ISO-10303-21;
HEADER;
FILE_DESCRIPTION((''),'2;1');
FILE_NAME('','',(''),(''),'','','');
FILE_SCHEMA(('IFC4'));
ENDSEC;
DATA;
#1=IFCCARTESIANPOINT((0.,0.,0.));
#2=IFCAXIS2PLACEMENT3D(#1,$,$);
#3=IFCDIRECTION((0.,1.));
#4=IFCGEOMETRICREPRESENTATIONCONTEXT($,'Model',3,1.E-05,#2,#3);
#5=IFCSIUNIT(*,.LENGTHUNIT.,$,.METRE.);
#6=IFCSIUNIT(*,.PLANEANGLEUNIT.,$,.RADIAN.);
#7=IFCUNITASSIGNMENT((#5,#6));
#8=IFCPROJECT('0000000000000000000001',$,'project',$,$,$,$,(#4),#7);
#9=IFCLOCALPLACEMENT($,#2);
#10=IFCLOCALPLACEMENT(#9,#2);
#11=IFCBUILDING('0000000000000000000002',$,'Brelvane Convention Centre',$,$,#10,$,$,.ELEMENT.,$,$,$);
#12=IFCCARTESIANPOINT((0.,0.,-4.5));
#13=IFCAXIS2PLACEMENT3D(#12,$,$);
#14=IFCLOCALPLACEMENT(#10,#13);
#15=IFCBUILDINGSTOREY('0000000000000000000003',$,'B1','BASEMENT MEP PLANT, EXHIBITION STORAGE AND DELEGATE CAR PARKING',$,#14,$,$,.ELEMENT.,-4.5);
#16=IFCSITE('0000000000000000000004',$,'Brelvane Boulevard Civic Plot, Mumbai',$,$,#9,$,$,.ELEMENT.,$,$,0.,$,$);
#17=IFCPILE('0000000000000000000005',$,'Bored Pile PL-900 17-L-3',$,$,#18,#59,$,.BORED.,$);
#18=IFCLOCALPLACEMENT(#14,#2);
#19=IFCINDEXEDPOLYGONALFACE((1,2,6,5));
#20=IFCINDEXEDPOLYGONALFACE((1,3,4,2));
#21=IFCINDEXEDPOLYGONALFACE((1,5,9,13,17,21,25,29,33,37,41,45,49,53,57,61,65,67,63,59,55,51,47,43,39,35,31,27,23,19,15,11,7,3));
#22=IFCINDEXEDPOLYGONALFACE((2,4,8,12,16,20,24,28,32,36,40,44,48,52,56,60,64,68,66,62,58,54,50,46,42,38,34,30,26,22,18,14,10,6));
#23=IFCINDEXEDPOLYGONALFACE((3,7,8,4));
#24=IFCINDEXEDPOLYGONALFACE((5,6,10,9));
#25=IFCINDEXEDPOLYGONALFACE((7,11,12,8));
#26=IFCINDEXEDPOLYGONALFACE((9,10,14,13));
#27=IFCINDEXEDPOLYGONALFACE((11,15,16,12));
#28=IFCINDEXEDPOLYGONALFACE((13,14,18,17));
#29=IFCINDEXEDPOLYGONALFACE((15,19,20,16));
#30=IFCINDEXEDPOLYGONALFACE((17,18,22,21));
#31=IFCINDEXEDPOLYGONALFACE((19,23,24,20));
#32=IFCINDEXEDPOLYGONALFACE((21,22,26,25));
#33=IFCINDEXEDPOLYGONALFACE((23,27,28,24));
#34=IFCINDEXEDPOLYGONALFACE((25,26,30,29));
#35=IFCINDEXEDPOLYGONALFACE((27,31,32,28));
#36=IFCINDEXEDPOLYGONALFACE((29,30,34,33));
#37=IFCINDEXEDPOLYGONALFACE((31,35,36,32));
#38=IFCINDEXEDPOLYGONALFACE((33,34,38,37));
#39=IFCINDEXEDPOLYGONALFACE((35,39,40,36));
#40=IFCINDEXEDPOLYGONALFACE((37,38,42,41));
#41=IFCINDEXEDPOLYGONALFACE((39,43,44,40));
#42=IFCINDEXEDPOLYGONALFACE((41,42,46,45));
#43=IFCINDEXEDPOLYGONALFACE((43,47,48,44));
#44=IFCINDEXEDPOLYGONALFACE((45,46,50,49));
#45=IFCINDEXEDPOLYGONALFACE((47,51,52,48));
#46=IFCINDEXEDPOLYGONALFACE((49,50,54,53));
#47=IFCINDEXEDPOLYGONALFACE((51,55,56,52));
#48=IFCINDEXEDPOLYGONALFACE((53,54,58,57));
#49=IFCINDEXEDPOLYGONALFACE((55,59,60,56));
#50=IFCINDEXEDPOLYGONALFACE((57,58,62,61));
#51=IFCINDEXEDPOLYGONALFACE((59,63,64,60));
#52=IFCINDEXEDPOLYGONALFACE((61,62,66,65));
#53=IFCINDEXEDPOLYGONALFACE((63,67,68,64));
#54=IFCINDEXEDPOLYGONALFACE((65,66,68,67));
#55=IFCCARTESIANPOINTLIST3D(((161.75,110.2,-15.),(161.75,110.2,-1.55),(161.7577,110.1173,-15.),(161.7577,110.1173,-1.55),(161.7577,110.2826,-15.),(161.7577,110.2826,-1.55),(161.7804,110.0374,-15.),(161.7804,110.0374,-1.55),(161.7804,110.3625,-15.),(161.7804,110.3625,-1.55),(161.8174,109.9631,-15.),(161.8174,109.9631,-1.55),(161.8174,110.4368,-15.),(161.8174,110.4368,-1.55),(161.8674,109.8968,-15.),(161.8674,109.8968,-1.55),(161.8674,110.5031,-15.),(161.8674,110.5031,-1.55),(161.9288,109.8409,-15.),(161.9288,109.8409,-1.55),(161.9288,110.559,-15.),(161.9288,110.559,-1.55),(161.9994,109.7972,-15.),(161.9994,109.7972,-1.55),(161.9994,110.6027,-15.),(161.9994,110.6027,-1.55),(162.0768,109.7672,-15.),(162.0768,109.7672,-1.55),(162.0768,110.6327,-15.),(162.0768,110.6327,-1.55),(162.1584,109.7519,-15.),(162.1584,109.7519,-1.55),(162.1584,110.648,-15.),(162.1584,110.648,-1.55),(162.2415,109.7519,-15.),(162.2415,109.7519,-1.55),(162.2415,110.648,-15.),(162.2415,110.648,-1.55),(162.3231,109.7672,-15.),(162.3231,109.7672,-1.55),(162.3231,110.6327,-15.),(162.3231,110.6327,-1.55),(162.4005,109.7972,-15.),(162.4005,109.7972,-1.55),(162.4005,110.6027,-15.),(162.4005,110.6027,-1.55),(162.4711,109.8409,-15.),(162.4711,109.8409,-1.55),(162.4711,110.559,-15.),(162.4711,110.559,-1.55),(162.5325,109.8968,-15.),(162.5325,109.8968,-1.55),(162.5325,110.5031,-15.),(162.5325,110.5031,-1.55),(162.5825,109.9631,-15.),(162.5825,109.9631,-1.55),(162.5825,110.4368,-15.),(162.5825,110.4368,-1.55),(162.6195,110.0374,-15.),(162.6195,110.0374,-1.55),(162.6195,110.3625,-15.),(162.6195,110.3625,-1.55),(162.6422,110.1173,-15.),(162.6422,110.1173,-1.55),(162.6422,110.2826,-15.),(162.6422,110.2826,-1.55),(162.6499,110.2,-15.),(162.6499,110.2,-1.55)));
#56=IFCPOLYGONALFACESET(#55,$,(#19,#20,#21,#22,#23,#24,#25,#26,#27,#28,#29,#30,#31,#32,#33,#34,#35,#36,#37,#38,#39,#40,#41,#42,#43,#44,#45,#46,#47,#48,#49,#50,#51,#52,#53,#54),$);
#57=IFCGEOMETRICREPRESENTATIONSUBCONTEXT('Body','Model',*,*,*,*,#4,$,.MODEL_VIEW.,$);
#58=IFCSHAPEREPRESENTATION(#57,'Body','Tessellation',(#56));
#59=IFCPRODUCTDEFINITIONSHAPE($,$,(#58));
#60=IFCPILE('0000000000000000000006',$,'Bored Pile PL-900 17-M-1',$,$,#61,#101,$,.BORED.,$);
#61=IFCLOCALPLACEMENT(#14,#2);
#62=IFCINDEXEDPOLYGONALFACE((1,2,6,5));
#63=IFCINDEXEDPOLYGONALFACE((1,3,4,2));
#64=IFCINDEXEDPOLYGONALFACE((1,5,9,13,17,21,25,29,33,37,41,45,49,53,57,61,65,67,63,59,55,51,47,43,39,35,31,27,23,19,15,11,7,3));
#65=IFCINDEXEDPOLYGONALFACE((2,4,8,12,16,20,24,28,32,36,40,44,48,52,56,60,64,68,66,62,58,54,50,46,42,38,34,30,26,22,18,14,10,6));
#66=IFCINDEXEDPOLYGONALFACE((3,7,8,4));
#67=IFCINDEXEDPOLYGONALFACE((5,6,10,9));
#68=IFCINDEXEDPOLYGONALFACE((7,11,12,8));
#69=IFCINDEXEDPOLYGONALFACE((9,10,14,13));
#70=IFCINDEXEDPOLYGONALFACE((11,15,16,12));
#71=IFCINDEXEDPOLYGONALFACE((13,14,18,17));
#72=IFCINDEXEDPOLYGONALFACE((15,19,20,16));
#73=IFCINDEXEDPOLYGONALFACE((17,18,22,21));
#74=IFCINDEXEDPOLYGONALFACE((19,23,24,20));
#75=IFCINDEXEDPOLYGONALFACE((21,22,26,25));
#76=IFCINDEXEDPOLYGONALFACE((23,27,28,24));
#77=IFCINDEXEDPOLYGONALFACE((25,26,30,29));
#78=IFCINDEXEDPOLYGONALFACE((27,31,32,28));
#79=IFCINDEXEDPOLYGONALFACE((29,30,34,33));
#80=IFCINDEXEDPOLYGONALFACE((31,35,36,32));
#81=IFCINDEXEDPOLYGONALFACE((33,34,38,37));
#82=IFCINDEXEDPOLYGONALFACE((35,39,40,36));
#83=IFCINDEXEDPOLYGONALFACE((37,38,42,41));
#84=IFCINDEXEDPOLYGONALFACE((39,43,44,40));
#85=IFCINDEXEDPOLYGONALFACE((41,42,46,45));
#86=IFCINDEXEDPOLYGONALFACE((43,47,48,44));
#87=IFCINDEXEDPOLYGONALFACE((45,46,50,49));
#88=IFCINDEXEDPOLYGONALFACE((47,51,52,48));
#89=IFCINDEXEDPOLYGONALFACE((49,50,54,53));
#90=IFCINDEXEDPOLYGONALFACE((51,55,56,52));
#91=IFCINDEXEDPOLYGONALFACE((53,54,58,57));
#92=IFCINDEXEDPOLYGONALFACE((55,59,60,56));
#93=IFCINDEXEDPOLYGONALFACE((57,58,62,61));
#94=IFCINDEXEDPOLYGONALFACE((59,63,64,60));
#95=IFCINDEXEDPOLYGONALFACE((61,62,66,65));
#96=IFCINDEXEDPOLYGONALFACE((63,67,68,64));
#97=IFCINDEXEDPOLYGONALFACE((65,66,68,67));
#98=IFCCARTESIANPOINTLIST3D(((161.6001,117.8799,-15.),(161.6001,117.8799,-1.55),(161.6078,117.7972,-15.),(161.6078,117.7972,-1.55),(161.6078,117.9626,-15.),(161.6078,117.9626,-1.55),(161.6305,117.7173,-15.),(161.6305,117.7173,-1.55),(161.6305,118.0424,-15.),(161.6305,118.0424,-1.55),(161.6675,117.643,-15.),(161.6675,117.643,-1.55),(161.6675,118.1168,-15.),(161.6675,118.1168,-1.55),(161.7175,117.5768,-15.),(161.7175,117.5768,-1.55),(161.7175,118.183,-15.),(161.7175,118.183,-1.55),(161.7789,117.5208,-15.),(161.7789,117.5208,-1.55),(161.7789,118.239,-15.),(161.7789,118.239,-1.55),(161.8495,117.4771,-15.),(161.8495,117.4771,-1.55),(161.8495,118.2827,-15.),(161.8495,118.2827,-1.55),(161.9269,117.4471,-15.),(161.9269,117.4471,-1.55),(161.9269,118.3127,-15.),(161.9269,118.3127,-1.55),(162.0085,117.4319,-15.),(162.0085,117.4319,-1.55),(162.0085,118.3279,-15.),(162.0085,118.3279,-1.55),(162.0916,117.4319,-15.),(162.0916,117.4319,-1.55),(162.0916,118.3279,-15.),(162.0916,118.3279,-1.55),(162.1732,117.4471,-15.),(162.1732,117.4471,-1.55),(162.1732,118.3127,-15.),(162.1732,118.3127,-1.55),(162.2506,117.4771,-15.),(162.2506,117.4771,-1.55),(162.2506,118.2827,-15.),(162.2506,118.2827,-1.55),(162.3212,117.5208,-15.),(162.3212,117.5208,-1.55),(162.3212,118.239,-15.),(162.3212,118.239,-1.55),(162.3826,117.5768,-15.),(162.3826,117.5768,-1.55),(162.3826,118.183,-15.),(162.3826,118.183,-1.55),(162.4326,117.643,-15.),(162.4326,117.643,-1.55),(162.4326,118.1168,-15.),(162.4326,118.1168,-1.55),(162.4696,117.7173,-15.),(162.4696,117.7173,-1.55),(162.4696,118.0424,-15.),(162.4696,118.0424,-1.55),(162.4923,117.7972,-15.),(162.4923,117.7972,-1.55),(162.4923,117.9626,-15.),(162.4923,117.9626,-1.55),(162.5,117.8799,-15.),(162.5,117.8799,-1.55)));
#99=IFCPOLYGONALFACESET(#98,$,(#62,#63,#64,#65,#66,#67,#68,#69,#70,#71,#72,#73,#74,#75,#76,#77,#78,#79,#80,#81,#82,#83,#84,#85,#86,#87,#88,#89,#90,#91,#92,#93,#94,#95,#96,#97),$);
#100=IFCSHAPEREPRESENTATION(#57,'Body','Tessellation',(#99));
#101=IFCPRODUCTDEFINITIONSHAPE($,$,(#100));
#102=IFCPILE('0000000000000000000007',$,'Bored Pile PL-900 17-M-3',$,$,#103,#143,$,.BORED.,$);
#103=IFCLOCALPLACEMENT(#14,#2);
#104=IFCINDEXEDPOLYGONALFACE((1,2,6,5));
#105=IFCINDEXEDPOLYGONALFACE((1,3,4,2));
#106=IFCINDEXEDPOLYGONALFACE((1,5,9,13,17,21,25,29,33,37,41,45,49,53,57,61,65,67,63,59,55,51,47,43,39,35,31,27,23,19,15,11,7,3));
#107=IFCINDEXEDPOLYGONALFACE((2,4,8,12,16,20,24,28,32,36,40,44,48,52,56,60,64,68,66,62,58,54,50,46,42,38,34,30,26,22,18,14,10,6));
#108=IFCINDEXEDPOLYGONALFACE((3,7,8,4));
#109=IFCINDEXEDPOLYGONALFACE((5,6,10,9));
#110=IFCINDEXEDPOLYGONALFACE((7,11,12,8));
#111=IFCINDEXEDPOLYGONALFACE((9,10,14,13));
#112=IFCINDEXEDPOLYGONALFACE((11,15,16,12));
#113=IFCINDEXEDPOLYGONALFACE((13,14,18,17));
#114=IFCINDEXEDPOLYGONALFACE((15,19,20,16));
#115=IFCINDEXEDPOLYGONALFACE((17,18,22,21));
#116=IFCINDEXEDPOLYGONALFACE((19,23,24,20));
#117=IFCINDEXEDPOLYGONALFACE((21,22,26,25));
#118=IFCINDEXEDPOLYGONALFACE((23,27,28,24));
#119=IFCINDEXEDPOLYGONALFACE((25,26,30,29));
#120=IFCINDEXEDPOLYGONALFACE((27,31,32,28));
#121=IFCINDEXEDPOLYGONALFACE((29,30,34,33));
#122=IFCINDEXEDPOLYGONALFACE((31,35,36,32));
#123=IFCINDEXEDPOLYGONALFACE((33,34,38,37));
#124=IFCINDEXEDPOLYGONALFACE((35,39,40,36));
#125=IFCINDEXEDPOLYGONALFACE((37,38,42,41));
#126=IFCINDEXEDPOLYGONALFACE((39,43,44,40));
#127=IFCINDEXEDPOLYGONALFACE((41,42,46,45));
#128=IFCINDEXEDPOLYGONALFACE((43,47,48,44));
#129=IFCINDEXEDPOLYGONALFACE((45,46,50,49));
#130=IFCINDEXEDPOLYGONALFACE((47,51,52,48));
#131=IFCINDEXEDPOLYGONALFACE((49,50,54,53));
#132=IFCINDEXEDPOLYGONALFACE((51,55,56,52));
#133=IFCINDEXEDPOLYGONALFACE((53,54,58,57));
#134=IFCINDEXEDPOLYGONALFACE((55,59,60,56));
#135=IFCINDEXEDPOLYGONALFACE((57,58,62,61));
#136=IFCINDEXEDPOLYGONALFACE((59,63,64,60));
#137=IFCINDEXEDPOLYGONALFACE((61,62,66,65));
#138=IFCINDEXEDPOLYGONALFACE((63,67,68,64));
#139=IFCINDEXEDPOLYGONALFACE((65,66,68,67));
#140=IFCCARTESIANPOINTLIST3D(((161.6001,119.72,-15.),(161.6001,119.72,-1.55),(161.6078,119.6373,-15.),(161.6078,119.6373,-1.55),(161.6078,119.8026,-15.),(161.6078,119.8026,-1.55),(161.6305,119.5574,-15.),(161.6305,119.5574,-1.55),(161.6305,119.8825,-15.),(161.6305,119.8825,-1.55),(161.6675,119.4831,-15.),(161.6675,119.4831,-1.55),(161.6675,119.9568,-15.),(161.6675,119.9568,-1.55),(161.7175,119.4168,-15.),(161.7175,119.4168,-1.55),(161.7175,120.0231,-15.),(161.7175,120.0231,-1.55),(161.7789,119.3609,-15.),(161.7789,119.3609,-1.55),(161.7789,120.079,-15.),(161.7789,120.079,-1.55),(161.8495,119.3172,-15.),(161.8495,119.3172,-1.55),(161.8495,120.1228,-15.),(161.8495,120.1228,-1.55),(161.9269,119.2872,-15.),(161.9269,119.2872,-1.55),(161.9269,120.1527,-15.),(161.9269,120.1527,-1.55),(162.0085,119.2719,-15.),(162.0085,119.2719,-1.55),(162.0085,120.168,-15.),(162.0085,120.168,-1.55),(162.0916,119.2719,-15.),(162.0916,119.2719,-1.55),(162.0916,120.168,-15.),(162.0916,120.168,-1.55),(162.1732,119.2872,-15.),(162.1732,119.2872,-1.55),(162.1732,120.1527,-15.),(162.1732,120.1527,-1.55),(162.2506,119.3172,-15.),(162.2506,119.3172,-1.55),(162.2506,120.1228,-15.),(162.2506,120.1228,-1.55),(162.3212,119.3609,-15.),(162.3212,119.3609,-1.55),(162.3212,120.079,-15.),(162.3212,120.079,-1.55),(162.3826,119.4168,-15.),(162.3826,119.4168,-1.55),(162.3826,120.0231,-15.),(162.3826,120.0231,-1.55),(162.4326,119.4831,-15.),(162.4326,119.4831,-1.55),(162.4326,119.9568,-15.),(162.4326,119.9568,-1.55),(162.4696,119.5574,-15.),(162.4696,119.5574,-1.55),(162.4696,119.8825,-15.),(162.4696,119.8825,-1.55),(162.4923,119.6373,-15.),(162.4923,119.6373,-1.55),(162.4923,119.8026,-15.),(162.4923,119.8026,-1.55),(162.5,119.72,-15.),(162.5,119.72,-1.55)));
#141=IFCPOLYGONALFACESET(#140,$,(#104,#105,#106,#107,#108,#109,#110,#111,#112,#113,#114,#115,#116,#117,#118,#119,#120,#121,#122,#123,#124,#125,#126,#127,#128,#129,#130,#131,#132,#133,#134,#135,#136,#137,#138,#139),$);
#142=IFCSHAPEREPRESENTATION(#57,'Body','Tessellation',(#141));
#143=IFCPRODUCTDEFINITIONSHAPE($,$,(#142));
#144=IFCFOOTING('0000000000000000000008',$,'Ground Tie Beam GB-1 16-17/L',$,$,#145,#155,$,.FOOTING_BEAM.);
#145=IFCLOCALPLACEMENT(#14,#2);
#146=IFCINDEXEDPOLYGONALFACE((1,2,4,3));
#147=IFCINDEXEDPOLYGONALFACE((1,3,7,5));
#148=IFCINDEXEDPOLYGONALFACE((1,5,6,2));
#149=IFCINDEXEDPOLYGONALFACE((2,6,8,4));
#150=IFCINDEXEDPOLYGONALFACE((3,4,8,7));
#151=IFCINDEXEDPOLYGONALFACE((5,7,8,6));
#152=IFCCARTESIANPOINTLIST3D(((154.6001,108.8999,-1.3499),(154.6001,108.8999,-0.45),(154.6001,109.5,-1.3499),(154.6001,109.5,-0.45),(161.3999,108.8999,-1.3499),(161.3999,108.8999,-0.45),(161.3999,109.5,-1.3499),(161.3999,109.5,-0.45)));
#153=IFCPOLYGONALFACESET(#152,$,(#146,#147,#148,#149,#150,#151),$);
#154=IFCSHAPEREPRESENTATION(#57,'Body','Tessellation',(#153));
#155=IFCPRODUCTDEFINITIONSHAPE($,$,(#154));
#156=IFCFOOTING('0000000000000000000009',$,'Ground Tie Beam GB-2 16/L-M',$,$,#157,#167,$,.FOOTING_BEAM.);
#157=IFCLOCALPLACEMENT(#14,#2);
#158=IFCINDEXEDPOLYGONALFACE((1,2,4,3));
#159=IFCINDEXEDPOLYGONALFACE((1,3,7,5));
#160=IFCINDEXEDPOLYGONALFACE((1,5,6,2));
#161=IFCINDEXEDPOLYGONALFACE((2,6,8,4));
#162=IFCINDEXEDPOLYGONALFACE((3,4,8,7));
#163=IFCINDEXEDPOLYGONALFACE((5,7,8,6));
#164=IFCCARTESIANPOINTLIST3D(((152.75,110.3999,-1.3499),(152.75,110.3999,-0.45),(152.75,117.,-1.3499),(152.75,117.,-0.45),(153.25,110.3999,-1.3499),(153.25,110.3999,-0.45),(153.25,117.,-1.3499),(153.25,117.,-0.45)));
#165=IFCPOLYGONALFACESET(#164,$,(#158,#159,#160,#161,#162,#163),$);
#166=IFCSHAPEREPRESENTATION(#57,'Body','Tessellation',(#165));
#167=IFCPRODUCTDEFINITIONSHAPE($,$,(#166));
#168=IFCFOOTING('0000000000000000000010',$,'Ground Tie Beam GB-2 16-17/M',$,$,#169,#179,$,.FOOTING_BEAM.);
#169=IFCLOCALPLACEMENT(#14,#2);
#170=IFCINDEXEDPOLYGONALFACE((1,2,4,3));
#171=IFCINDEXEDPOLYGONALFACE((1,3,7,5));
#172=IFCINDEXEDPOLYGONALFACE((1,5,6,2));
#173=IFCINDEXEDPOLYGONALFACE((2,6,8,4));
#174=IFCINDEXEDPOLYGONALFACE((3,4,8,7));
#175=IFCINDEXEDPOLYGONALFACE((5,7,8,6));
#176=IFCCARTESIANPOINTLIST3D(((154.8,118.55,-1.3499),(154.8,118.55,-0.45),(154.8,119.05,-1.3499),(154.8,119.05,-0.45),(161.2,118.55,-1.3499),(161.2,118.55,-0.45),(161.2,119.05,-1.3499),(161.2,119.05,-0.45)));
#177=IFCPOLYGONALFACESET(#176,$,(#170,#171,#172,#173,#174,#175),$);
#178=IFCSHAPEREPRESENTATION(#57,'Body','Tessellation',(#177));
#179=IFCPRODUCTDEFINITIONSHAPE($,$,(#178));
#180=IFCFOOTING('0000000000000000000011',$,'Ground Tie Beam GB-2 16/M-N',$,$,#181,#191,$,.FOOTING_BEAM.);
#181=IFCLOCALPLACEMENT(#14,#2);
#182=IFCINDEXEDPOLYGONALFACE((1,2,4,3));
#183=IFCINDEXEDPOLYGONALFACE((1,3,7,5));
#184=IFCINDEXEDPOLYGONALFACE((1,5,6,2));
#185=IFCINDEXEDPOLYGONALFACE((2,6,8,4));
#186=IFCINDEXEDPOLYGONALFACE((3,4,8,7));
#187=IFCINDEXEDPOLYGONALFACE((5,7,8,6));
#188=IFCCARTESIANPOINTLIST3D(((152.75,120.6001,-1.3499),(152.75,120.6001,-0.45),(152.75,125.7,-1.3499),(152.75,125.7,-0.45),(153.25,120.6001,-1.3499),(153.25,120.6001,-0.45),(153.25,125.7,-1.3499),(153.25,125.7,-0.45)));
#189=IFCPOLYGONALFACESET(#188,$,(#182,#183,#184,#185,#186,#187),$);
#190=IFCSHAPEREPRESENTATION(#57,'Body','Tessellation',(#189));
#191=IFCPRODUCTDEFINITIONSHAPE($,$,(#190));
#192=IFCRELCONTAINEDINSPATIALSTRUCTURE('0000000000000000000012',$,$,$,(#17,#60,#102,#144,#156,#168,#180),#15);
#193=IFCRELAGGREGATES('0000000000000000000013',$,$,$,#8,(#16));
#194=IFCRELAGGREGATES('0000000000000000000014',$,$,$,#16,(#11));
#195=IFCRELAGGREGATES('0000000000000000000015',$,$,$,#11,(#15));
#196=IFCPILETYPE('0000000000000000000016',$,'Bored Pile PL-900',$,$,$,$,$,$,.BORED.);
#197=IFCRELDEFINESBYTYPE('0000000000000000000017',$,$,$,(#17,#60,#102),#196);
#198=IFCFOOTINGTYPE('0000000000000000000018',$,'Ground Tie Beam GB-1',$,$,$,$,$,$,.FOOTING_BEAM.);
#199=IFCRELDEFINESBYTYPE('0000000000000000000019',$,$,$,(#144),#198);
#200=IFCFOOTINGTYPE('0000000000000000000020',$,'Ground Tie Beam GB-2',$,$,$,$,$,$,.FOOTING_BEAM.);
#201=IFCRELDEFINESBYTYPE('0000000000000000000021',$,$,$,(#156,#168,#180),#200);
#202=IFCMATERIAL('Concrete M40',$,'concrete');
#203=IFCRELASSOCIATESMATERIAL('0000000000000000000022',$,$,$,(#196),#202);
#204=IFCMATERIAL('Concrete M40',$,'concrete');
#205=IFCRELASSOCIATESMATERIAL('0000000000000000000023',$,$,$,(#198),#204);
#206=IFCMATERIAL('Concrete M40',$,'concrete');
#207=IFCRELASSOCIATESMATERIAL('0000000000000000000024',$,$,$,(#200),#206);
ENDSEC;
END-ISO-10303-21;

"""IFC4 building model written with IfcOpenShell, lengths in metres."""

from ifc_helpers import new_model, si_unit, direction, frame, origin, origin_2d, place, context, subcontext, project, spatial, rectangle, circle, extrude, material, material_profile, profile_set, type_object, element, save


model = new_model("IFC4")

# Units and contexts
model_context = context("Model", 3, precision=1e-05, world=origin(), true_north=direction((0.0, 1.0)))
body_context = subcontext(model_context, "Body", "Model", "MODEL_VIEW")
ifc_project = project(units=[si_unit("LENGTHUNIT", "METRE"), si_unit("PLANEANGLEUNIT", "RADIAN")], contexts=[model_context])

# Site, building, storey
site_placement = place(None, origin())
site = spatial("IfcSite", under=ifc_project, at=site_placement, Name="Brelvane Boulevard Civic Plot, Mumbai", CompositionType="ELEMENT", RefElevation=0.0)
building_placement = place(site_placement, origin())
building = spatial("IfcBuilding", under=site, at=building_placement, Name="Brelvane Convention Centre", CompositionType="ELEMENT")
storey_placement = place(building_placement, frame((0.0, 0.0, -4.5)))
storey = spatial("IfcBuildingStorey", under=building, at=storey_placement, Name="B1", Description="BASEMENT MEP PLANT, EXHIBITION STORAGE AND DELEGATE CAR PARKING", CompositionType="ELEMENT", Elevation=-4.5)

# Piles
ifc_material_1 = material(Name="Concrete M40", Category="concrete")
ifc_material_profile_1 = material_profile(ifc_material_1, circle(Radius=0.45, at=origin_2d()), Name="PILE D900")
ifc_profile_set_1 = profile_set([ifc_material_profile_1], Name="Concrete M40")
pile_type = type_object("IfcPileType", Name="Bored Pile PL-900", PredefinedType="BORED", material=ifc_profile_set_1)
for number, where, z_axis, x_axis, name in (
    (1, (162.2, 110.2, -1.55), (0.0, 0.0, -1.0), (1.0, 0.0, 0.0), "Bored Pile PL-900 17-L-3"),
    (2, (162.05, 117.8799, -1.55), (0.0, 0.0, -1.0), (1.0, 0.0, 0.0), "Bored Pile PL-900 17-M-1"),
    (3, (162.05, 119.72, -1.55), (0.0, 0.0, -1.0), (1.0, 0.0, 0.0), "Bored Pile PL-900 17-M-3"),
):
    element("IfcPile", number, at=place(storey_placement, frame(where, z_axis=z_axis, x_axis=x_axis)), inside=storey, type_object=pile_type, Name=name, PredefinedType="BORED", context=body_context, shape_type="SweptSolid", body=[
        extrude(circle(Radius=0.45, at=origin_2d()), origin(), (0.0, 0.0, 1.0), 13.45),
    ])

# Footings
ifc_material_2 = material(Name="Concrete M40", Category="concrete")
ifc_material_profile_2 = material_profile(ifc_material_2, rectangle(XDim=0.6001, YDim=0.8999, at=origin_2d()), Name="RC 600x900")
ifc_profile_set_2 = profile_set([ifc_material_profile_2], Name="Concrete M40")
footing_type_1 = type_object("IfcFootingType", Name="Ground Tie Beam GB-1", PredefinedType="FOOTING_BEAM", material=ifc_profile_set_2)
footing_1_placement = place(storey_placement, frame((154.6001, 109.2, -0.8999), z_axis=(1.0, 0.0, 0.0), x_axis=(0.0, 1.0, 0.0)))
element("IfcFooting", 4, at=footing_1_placement, inside=storey, type_object=footing_type_1, Name="Ground Tie Beam GB-1 16-17/L", PredefinedType="FOOTING_BEAM", context=body_context, shape_type="SweptSolid", body=[
    extrude(rectangle(XDim=0.6001, YDim=0.8999, at=origin_2d()), origin(), (0.0, 0.0, 1.0), 6.7998),
])
ifc_material_3 = material(Name="Concrete M40", Category="concrete")
ifc_material_profile_3 = material_profile(ifc_material_3, rectangle(XDim=0.5, YDim=0.8999, at=origin_2d()), Name="RC 500x900")
ifc_profile_set_3 = profile_set([ifc_material_profile_3], Name="Concrete M40")
footing_type_2 = type_object("IfcFootingType", Name="Ground Tie Beam GB-2", PredefinedType="FOOTING_BEAM", material=ifc_profile_set_3)
footing_2_placement = place(storey_placement, frame((153.0, 110.3999, -0.8999), z_axis=(0.0, 1.0, 0.0), x_axis=(-1.0, 0.0, 0.0)))
element("IfcFooting", 5, at=footing_2_placement, inside=storey, type_object=footing_type_2, Name="Ground Tie Beam GB-2 16/L-M", PredefinedType="FOOTING_BEAM", context=body_context, shape_type="SweptSolid", body=[
    extrude(rectangle(XDim=0.5, YDim=0.8999, at=origin_2d()), origin(), (0.0, 0.0, 1.0), 6.6001),
])
footing_3_placement = place(storey_placement, frame((154.8, 118.8, -0.8999), z_axis=(1.0, 0.0, 0.0), x_axis=(0.0, 1.0, 0.0)))
element("IfcFooting", 6, at=footing_3_placement, inside=storey, type_object=footing_type_2, Name="Ground Tie Beam GB-2 16-17/M", PredefinedType="FOOTING_BEAM", context=body_context, shape_type="SweptSolid", body=[
    extrude(rectangle(XDim=0.5, YDim=0.8999, at=origin_2d()), origin(), (0.0, 0.0, 1.0), 6.3999),
])
footing_4_placement = place(storey_placement, frame((153.0, 120.6001, -0.8999), z_axis=(0.0, 1.0, 0.0), x_axis=(-1.0, 0.0, 0.0)))
element("IfcFooting", 7, at=footing_4_placement, inside=storey, type_object=footing_type_2, Name="Ground Tie Beam GB-2 16/M-N", PredefinedType="FOOTING_BEAM", context=body_context, shape_type="SweptSolid", body=[
    extrude(rectangle(XDim=0.5, YDim=0.8999, at=origin_2d()), origin(), (0.0, 0.0, 1.0), 5.0999),
])

save(model, "model.ifc")
